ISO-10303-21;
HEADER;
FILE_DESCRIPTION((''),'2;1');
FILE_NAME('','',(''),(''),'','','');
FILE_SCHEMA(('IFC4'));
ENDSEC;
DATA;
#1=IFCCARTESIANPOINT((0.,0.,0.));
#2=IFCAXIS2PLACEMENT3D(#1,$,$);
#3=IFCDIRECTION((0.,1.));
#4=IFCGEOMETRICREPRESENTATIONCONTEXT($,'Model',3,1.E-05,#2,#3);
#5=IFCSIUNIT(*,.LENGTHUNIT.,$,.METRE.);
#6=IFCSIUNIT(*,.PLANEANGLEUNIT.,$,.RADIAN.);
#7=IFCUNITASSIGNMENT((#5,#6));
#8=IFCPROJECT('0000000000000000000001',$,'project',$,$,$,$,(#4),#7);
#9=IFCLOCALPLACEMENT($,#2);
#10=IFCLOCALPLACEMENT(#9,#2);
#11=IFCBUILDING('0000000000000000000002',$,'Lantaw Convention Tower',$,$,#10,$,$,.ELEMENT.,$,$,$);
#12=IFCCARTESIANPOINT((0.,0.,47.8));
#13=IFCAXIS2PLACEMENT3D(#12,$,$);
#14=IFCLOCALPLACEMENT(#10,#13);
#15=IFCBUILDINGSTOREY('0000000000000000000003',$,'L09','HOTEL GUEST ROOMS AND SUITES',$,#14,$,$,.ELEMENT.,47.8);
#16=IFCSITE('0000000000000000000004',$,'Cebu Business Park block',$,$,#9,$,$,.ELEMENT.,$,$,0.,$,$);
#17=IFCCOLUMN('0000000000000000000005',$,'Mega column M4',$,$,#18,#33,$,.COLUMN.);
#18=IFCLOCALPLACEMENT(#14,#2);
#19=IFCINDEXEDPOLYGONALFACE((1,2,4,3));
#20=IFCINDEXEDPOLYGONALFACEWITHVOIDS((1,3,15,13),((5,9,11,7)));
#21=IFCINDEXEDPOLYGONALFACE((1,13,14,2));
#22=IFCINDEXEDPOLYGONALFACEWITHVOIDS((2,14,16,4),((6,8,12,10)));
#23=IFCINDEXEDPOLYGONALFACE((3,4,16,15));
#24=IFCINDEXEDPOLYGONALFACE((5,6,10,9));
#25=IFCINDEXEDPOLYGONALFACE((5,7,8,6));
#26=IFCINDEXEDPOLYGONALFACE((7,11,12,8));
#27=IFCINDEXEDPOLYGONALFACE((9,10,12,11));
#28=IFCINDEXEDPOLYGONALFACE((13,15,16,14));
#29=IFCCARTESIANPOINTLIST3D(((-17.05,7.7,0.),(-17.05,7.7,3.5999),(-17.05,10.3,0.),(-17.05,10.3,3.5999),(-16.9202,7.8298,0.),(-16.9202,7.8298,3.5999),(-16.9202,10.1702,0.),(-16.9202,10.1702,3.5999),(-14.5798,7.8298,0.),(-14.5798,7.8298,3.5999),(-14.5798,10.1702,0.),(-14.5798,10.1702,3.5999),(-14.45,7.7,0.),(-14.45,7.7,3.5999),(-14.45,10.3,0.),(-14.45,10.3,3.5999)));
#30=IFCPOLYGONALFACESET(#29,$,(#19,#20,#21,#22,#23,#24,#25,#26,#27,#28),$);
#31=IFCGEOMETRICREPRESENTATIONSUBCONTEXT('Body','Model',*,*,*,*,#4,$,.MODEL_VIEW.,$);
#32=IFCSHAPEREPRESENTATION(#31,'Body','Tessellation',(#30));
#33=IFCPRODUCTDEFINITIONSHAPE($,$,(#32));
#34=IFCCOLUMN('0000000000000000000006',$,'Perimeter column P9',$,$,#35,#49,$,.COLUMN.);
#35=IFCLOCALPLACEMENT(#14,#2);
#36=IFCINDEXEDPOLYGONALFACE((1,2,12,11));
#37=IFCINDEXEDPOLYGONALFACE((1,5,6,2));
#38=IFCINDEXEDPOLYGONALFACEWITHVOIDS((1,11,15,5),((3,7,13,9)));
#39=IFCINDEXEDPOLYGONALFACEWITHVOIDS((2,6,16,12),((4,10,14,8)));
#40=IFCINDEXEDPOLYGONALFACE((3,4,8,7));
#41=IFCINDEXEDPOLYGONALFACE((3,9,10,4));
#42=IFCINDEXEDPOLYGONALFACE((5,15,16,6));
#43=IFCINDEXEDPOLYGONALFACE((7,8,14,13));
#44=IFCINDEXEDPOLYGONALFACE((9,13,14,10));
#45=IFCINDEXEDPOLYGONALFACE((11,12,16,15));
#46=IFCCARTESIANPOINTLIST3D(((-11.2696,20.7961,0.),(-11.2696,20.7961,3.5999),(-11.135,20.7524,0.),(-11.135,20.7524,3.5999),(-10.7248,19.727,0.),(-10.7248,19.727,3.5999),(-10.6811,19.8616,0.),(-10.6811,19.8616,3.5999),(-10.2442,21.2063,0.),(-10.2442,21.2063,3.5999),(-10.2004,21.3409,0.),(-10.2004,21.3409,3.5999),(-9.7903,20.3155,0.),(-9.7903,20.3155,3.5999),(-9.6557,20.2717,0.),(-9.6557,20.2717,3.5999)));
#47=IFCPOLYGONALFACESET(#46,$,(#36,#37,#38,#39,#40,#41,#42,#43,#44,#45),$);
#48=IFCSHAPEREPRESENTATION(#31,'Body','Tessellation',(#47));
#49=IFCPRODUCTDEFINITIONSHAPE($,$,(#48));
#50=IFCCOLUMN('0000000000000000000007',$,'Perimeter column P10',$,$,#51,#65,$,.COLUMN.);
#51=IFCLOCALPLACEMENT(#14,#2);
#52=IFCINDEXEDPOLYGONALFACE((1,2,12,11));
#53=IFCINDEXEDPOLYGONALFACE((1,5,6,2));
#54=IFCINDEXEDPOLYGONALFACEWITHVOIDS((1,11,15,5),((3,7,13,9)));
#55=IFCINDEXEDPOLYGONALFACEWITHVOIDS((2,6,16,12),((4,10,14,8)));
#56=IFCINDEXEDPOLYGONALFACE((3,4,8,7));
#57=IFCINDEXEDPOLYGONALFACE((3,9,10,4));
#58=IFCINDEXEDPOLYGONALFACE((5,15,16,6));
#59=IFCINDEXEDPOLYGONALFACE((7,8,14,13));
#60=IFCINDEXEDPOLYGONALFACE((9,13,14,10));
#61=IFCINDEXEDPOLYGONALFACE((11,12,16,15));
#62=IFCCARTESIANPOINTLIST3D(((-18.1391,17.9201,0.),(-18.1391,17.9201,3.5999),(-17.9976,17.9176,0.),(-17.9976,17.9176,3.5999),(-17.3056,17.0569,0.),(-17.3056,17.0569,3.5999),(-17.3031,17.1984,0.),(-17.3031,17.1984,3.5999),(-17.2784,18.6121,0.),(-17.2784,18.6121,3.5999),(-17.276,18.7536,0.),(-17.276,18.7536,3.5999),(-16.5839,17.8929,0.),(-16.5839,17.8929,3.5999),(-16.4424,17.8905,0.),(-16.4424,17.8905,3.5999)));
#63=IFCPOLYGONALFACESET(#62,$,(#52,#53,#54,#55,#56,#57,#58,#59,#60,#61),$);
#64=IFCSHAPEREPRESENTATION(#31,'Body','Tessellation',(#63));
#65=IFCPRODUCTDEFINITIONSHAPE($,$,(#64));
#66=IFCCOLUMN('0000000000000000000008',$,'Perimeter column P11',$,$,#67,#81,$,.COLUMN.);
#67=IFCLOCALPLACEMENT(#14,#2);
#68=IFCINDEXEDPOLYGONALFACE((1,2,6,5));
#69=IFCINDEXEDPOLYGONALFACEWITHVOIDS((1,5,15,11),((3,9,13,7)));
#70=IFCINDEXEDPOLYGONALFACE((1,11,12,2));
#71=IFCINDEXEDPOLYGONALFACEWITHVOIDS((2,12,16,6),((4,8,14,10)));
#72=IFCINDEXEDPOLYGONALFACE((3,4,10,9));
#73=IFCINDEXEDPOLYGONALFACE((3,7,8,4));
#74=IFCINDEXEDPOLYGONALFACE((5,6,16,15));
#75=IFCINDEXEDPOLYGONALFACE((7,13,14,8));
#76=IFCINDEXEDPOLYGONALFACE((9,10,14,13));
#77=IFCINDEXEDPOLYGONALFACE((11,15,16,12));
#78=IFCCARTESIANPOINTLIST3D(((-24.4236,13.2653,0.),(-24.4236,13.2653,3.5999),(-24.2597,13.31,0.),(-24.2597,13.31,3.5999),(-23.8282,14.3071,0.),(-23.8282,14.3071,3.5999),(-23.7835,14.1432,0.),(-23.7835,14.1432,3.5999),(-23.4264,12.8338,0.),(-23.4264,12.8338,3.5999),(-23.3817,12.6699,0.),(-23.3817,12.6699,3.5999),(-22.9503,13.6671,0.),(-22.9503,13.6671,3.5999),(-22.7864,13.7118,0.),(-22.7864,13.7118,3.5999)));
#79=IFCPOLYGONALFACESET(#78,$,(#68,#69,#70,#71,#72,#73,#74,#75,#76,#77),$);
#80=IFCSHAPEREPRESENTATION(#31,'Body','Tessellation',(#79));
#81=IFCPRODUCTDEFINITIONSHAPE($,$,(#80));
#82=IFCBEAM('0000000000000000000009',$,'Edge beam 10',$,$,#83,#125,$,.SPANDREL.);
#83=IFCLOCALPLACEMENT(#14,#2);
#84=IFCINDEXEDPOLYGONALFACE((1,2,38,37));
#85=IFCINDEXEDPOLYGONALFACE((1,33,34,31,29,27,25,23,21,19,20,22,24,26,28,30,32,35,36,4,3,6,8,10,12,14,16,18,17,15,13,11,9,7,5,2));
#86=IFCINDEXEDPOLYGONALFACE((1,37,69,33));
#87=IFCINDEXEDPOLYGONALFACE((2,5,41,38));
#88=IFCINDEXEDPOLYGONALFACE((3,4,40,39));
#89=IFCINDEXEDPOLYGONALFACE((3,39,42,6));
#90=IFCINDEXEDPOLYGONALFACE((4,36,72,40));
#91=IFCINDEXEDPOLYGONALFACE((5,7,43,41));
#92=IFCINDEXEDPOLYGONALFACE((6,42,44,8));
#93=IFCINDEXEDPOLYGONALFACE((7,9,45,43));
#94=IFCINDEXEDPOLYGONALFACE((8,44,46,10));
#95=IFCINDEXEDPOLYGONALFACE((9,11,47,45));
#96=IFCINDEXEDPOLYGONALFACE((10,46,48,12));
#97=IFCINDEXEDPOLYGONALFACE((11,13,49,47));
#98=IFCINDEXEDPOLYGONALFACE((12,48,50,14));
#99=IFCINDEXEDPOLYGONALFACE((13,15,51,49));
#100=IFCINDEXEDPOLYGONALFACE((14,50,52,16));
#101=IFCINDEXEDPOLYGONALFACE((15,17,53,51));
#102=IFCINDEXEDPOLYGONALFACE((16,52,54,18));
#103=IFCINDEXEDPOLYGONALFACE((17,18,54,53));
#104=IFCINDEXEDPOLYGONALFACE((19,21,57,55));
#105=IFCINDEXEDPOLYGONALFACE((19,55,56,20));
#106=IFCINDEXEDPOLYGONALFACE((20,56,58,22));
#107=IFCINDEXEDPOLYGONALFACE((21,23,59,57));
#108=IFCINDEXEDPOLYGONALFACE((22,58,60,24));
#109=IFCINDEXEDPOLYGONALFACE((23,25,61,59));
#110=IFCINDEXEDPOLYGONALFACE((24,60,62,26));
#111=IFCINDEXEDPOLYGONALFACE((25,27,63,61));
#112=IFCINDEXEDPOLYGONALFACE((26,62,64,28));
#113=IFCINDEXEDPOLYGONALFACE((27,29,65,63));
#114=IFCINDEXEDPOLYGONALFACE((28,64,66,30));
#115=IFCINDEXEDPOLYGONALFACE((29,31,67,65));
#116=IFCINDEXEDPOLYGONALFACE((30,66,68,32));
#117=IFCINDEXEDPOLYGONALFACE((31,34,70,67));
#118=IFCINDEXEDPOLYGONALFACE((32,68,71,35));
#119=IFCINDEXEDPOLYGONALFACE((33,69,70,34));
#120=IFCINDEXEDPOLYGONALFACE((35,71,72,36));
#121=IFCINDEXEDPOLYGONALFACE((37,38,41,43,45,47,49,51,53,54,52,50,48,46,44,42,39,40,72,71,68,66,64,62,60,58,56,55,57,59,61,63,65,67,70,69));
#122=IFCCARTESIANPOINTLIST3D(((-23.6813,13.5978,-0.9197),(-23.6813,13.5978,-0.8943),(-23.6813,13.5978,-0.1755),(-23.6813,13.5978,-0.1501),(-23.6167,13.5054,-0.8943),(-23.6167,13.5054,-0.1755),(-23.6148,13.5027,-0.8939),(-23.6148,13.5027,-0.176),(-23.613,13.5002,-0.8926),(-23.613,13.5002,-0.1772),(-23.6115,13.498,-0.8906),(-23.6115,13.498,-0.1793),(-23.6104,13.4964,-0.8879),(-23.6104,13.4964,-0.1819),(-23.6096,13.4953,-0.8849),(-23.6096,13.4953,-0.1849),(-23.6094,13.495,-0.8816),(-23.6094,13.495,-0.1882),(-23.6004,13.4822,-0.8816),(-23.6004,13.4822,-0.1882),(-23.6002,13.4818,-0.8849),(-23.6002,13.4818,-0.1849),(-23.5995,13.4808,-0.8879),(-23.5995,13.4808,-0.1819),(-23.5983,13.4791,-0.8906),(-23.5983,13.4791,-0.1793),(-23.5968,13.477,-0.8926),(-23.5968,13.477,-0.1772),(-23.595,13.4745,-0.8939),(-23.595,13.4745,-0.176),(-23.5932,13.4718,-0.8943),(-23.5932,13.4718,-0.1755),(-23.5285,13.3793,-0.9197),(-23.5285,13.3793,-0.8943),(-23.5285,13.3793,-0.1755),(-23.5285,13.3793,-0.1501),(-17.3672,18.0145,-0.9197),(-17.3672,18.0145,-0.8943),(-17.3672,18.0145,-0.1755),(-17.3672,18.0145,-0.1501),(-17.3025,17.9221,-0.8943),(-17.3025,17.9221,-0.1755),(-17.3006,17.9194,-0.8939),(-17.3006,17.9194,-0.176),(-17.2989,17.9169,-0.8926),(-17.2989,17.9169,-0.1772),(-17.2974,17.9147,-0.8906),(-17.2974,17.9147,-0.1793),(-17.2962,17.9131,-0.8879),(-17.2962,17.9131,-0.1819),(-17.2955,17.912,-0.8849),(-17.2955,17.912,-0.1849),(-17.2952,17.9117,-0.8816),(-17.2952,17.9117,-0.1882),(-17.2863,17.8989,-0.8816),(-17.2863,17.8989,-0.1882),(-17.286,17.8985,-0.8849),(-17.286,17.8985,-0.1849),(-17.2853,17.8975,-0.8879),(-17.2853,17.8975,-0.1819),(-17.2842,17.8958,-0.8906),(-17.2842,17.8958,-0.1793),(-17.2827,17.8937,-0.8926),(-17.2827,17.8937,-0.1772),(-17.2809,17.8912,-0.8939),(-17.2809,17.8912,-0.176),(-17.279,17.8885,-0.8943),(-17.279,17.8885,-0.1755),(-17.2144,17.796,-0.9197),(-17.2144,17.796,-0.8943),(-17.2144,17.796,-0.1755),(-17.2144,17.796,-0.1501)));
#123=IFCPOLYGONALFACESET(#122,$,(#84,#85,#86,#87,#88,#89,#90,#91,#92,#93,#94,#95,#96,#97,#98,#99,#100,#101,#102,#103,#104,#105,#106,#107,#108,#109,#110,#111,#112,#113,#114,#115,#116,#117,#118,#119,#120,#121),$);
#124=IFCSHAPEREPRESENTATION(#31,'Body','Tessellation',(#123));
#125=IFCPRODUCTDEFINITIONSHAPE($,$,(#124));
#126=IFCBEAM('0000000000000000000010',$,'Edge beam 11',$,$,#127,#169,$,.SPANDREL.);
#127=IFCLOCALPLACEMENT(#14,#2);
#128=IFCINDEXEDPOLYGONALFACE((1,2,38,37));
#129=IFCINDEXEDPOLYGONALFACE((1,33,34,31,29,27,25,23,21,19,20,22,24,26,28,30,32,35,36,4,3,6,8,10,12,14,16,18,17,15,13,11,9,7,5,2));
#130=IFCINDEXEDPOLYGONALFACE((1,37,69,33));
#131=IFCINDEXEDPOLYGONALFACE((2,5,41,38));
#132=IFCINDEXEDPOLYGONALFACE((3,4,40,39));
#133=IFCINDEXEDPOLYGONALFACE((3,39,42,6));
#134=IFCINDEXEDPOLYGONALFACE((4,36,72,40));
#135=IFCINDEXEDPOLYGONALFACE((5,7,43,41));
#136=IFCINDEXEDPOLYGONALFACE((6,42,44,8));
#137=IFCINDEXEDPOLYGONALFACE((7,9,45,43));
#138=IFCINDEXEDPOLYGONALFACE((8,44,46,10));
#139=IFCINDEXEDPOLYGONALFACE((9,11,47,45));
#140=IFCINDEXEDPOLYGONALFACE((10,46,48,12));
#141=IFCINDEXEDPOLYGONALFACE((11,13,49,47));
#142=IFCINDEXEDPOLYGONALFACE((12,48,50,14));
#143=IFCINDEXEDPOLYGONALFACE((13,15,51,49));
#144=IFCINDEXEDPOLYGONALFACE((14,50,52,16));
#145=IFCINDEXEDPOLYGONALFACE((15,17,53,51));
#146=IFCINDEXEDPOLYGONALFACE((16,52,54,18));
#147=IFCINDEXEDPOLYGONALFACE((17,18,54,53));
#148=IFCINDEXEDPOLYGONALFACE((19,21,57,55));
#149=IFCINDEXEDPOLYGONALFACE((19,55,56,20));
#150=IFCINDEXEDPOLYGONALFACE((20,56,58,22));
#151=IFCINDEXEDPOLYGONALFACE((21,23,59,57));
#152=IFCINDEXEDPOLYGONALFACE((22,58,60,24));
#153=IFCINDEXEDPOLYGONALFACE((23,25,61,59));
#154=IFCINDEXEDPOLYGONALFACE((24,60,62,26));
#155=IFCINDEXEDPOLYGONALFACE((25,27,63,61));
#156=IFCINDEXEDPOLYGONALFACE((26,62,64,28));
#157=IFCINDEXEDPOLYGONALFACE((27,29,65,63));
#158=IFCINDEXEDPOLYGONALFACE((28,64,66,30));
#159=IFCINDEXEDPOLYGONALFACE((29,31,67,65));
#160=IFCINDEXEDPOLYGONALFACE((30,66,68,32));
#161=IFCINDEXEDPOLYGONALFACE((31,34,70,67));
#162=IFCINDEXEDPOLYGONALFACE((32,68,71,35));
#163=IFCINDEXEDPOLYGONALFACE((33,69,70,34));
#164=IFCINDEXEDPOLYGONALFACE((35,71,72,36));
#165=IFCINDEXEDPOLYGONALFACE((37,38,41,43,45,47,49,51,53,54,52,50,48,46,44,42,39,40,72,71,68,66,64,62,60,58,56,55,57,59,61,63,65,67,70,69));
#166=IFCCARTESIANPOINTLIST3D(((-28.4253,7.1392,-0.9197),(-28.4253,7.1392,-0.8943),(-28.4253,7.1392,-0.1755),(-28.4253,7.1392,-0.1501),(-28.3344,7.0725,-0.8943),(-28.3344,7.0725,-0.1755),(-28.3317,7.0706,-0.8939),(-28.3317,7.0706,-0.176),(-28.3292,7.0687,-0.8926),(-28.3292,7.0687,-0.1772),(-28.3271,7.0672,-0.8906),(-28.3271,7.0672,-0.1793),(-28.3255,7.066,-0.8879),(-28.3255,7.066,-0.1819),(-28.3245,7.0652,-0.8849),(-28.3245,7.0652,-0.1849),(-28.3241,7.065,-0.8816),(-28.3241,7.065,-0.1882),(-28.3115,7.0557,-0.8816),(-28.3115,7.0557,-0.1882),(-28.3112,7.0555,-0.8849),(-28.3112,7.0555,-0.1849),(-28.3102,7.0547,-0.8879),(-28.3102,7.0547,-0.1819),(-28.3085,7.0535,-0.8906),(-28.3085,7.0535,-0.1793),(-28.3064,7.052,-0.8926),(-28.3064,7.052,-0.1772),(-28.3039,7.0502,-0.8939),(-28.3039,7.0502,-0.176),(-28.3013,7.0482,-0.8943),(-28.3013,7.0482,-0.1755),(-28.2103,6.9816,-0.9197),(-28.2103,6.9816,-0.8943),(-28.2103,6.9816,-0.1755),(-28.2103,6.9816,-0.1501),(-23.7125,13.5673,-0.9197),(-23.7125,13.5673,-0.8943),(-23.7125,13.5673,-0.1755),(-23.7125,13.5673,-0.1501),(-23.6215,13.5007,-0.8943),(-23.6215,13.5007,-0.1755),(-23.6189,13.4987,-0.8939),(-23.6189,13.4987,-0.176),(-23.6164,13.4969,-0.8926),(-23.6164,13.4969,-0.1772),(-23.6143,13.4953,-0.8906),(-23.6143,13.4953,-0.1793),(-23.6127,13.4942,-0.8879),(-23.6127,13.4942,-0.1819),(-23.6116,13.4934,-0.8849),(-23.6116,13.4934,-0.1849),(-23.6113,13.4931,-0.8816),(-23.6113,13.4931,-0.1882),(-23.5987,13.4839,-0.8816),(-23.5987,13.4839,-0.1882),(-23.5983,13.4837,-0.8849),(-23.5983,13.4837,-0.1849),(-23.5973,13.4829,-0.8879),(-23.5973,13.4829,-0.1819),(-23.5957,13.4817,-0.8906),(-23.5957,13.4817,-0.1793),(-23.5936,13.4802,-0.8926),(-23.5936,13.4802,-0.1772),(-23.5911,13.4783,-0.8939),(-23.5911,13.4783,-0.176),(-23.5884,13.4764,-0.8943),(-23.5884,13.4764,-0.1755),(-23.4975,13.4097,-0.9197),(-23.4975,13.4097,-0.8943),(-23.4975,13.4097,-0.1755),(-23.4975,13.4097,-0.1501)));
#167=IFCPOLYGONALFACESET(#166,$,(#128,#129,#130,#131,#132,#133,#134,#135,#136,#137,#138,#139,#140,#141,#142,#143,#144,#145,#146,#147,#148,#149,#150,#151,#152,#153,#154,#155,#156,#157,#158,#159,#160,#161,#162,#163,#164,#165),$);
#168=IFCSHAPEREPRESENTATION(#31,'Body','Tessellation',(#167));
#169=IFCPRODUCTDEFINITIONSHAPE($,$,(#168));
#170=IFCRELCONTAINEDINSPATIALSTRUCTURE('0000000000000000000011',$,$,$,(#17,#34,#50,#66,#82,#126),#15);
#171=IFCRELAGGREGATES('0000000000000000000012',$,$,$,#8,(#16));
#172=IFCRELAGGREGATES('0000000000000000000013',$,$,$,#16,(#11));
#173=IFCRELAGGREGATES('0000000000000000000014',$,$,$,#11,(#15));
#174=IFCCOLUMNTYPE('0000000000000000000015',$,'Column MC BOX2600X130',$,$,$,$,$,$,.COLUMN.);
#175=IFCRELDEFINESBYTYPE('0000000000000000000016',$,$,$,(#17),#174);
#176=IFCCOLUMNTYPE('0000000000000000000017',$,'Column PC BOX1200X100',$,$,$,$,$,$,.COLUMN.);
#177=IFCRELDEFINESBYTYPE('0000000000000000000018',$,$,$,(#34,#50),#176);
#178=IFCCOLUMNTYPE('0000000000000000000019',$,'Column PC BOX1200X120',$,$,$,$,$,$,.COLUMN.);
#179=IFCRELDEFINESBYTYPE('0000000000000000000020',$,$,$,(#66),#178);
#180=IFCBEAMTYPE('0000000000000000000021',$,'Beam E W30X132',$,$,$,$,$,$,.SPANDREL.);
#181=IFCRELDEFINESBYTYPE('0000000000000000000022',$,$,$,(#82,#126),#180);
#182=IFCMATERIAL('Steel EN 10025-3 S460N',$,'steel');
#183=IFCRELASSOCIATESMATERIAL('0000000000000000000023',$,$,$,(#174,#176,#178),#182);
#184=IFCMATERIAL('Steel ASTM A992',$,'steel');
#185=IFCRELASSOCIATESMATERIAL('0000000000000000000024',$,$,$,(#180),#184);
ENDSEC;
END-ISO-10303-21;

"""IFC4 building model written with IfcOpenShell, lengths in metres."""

from ifc_helpers import new_model, si_unit, direction, frame, origin, origin_2d, place, context, subcontext, project, spatial, rectangle, hollow_rectangle, i_section, extrude, material, material_profile, profile_set, type_object, element, save


model = new_model("IFC4")

# Units and contexts
model_context = context("Model", 3, precision=1e-05, world=origin(), true_north=direction((0.0, 1.0)))
body_context = subcontext(model_context, "Body", "Model", "MODEL_VIEW")
ifc_project = project(units=[si_unit("LENGTHUNIT", "METRE"), si_unit("PLANEANGLEUNIT", "RADIAN")], contexts=[model_context])

# Site, building, storey
site_placement = place(None, origin())
site = spatial("IfcSite", under=ifc_project, at=site_placement, Name="Cebu Business Park block", CompositionType="ELEMENT", RefElevation=0.0)
building_placement = place(site_placement, origin())
building = spatial("IfcBuilding", under=site, at=building_placement, Name="Lantaw Convention Tower", CompositionType="ELEMENT")
storey_placement = place(building_placement, frame((0.0, 0.0, 47.8)))
storey = spatial("IfcBuildingStorey", under=building, at=storey_placement, Name="L09", Description="HOTEL GUEST ROOMS AND SUITES", CompositionType="ELEMENT", Elevation=47.8)

# Columns
ifc_material_1 = material(Name="Steel EN 10025-3 S460N", Category="steel")
ifc_material_profile_1 = material_profile(ifc_material_1, hollow_rectangle(XDim=2.6001, YDim=2.6001, WallThickness=0.1299, at=origin_2d()), Name="BOX2600X130")
ifc_material_2 = material(Name="Concrete C60/75", Category="concrete")
ifc_material_profile_2 = material_profile(ifc_material_2, rectangle(XDim=2.3401, YDim=2.3401, at=origin_2d()), Name="Concrete fill of BOX2600X130")
ifc_profile_set_1 = profile_set([ifc_material_profile_1, ifc_material_profile_2], Name="Steel EN 10025-3 S460N")
column_type_1 = type_object("IfcColumnType", Name="Column MC BOX2600X130", PredefinedType="COLUMN", material=ifc_profile_set_1)
column_1_placement = place(storey_placement, frame((-15.75, 9.0, 0.0), z_axis=(0.0, 0.0, 1.0), x_axis=(1.0, 0.0, 0.0)))
element("IfcColumn", 1, at=column_1_placement, inside=storey, type_object=column_type_1, Name="Mega column M4", PredefinedType="COLUMN", context=body_context, shape_type="SweptSolid", body=[
    extrude(hollow_rectangle(XDim=2.6001, YDim=2.6001, WallThickness=0.1299, at=origin_2d()), origin(), (0.0, 0.0, 1.0), 3.5999),
])
ifc_material_profile_3 = material_profile(ifc_material_1, hollow_rectangle(XDim=1.2, YDim=1.2, WallThickness=0.1001, at=origin_2d()), Name="BOX1200X100")
ifc_material_profile_4 = material_profile(ifc_material_2, rectangle(XDim=1.0, YDim=1.0, at=origin_2d()), Name="Concrete fill of BOX1200X100")
ifc_profile_set_2 = profile_set([ifc_material_profile_3, ifc_material_profile_4], Name="Steel EN 10025-3 S460N")
column_type_2 = type_object("IfcColumnType", Name="Column PC BOX1200X100", PredefinedType="COLUMN", material=ifc_profile_set_2)
for number, where, z_axis, x_axis, name in (
    (2, (-10.4626, 20.5339, 0.0), (0.0, 0.0, 1.0), (0.891007, 0.45399, 0.0), "Perimeter column P9"),
    (3, (-17.2908, 17.9053, 0.0), (0.0, 0.0, 1.0), (0.71934, 0.694658, 0.0), "Perimeter column P10"),
):
    element("IfcColumn", number, at=place(storey_placement, frame(where, z_axis=z_axis, x_axis=x_axis)), inside=storey, type_object=column_type_2, Name=name, PredefinedType="COLUMN", context=body_context, shape_type="SweptSolid", body=[
        extrude(hollow_rectangle(XDim=1.2, YDim=1.2, WallThickness=0.1001, at=origin_2d()), origin(), (0.0, 0.0, 1.0), 3.5999),
    ])
ifc_material_profile_5 = material_profile(ifc_material_1, hollow_rectangle(XDim=1.2, YDim=1.2, WallThickness=0.1201, at=origin_2d()), Name="BOX1200X120")
ifc_material_profile_6 = material_profile(ifc_material_2, rectangle(XDim=0.96, YDim=0.96, at=origin_2d()), Name="Concrete fill of BOX1200X120")
ifc_profile_set_3 = profile_set([ifc_material_profile_5, ifc_material_profile_6], Name="Steel EN 10025-3 S460N")
column_type_3 = type_object("IfcColumnType", Name="Column PC BOX1200X120", PredefinedType="COLUMN", material=ifc_profile_set_3)
column_2_placement = place(storey_placement, frame((-23.605, 13.4885, 0.0), z_axis=(0.0, 0.0, 1.0), x_axis=(0.496139, 0.868243, 0.0)))
element("IfcColumn", 4, at=column_2_placement, inside=storey, type_object=column_type_3, Name="Perimeter column P11", PredefinedType="COLUMN", context=body_context, shape_type="SweptSolid", body=[
    extrude(hollow_rectangle(XDim=1.2, YDim=1.2, WallThickness=0.1201, at=origin_2d()), origin(), (0.0, 0.0, 1.0), 3.5999),
])

# Beams
ifc_material_3 = material(Name="Steel ASTM A992", Category="steel")
ifc_material_profile_7 = material_profile(ifc_material_3, i_section(OverallWidth=0.2666, OverallDepth=0.7695, WebThickness=0.0156, FlangeThickness=0.0254, FilletRadius=0.0127, at=origin_2d()), Name="W30X132")
ifc_profile_set_4 = profile_set([ifc_material_profile_7], Name="Steel ASTM A992")
beam_type_1 = type_object("IfcBeamType", Name="Beam E W30X132", PredefinedType="SPANDREL", material=ifc_profile_set_4)
beam_1_placement = place(storey_placement, frame((-17.2908, 17.9053, -0.5349), z_axis=(-0.819427, -0.573184, 0.0), x_axis=(0.573184, -0.819427, 0.0)))
element("IfcBeam", 5, at=beam_1_placement, inside=storey, type_object=beam_type_1, Name="Edge beam 10", PredefinedType="SPANDREL", context=body_context, shape_type="SweptSolid", body=[
    extrude(i_section(OverallWidth=0.2666, OverallDepth=0.7695, WebThickness=0.0156, FlangeThickness=0.0254, FilletRadius=0.0127, at=origin_2d()), origin(), (0.0, 0.0, 1.0), 7.7056),
])
beam_2_placement = place(storey_placement, frame((-23.605, 13.4885, -0.5349), z_axis=(-0.591271, -0.806473, 0.0), x_axis=(0.806473, -0.591271, 0.0)))
element("IfcBeam", 6, at=beam_2_placement, inside=storey, type_object=beam_type_1, Name="Edge beam 11", PredefinedType="SPANDREL", context=body_context, shape_type="SweptSolid", body=[
    extrude(i_section(OverallWidth=0.2666, OverallDepth=0.7695, WebThickness=0.0156, FlangeThickness=0.0254, FilletRadius=0.0127, at=origin_2d()), origin(), (0.0, 0.0, 1.0), 7.9707),
])

save(model, "model.ifc")
